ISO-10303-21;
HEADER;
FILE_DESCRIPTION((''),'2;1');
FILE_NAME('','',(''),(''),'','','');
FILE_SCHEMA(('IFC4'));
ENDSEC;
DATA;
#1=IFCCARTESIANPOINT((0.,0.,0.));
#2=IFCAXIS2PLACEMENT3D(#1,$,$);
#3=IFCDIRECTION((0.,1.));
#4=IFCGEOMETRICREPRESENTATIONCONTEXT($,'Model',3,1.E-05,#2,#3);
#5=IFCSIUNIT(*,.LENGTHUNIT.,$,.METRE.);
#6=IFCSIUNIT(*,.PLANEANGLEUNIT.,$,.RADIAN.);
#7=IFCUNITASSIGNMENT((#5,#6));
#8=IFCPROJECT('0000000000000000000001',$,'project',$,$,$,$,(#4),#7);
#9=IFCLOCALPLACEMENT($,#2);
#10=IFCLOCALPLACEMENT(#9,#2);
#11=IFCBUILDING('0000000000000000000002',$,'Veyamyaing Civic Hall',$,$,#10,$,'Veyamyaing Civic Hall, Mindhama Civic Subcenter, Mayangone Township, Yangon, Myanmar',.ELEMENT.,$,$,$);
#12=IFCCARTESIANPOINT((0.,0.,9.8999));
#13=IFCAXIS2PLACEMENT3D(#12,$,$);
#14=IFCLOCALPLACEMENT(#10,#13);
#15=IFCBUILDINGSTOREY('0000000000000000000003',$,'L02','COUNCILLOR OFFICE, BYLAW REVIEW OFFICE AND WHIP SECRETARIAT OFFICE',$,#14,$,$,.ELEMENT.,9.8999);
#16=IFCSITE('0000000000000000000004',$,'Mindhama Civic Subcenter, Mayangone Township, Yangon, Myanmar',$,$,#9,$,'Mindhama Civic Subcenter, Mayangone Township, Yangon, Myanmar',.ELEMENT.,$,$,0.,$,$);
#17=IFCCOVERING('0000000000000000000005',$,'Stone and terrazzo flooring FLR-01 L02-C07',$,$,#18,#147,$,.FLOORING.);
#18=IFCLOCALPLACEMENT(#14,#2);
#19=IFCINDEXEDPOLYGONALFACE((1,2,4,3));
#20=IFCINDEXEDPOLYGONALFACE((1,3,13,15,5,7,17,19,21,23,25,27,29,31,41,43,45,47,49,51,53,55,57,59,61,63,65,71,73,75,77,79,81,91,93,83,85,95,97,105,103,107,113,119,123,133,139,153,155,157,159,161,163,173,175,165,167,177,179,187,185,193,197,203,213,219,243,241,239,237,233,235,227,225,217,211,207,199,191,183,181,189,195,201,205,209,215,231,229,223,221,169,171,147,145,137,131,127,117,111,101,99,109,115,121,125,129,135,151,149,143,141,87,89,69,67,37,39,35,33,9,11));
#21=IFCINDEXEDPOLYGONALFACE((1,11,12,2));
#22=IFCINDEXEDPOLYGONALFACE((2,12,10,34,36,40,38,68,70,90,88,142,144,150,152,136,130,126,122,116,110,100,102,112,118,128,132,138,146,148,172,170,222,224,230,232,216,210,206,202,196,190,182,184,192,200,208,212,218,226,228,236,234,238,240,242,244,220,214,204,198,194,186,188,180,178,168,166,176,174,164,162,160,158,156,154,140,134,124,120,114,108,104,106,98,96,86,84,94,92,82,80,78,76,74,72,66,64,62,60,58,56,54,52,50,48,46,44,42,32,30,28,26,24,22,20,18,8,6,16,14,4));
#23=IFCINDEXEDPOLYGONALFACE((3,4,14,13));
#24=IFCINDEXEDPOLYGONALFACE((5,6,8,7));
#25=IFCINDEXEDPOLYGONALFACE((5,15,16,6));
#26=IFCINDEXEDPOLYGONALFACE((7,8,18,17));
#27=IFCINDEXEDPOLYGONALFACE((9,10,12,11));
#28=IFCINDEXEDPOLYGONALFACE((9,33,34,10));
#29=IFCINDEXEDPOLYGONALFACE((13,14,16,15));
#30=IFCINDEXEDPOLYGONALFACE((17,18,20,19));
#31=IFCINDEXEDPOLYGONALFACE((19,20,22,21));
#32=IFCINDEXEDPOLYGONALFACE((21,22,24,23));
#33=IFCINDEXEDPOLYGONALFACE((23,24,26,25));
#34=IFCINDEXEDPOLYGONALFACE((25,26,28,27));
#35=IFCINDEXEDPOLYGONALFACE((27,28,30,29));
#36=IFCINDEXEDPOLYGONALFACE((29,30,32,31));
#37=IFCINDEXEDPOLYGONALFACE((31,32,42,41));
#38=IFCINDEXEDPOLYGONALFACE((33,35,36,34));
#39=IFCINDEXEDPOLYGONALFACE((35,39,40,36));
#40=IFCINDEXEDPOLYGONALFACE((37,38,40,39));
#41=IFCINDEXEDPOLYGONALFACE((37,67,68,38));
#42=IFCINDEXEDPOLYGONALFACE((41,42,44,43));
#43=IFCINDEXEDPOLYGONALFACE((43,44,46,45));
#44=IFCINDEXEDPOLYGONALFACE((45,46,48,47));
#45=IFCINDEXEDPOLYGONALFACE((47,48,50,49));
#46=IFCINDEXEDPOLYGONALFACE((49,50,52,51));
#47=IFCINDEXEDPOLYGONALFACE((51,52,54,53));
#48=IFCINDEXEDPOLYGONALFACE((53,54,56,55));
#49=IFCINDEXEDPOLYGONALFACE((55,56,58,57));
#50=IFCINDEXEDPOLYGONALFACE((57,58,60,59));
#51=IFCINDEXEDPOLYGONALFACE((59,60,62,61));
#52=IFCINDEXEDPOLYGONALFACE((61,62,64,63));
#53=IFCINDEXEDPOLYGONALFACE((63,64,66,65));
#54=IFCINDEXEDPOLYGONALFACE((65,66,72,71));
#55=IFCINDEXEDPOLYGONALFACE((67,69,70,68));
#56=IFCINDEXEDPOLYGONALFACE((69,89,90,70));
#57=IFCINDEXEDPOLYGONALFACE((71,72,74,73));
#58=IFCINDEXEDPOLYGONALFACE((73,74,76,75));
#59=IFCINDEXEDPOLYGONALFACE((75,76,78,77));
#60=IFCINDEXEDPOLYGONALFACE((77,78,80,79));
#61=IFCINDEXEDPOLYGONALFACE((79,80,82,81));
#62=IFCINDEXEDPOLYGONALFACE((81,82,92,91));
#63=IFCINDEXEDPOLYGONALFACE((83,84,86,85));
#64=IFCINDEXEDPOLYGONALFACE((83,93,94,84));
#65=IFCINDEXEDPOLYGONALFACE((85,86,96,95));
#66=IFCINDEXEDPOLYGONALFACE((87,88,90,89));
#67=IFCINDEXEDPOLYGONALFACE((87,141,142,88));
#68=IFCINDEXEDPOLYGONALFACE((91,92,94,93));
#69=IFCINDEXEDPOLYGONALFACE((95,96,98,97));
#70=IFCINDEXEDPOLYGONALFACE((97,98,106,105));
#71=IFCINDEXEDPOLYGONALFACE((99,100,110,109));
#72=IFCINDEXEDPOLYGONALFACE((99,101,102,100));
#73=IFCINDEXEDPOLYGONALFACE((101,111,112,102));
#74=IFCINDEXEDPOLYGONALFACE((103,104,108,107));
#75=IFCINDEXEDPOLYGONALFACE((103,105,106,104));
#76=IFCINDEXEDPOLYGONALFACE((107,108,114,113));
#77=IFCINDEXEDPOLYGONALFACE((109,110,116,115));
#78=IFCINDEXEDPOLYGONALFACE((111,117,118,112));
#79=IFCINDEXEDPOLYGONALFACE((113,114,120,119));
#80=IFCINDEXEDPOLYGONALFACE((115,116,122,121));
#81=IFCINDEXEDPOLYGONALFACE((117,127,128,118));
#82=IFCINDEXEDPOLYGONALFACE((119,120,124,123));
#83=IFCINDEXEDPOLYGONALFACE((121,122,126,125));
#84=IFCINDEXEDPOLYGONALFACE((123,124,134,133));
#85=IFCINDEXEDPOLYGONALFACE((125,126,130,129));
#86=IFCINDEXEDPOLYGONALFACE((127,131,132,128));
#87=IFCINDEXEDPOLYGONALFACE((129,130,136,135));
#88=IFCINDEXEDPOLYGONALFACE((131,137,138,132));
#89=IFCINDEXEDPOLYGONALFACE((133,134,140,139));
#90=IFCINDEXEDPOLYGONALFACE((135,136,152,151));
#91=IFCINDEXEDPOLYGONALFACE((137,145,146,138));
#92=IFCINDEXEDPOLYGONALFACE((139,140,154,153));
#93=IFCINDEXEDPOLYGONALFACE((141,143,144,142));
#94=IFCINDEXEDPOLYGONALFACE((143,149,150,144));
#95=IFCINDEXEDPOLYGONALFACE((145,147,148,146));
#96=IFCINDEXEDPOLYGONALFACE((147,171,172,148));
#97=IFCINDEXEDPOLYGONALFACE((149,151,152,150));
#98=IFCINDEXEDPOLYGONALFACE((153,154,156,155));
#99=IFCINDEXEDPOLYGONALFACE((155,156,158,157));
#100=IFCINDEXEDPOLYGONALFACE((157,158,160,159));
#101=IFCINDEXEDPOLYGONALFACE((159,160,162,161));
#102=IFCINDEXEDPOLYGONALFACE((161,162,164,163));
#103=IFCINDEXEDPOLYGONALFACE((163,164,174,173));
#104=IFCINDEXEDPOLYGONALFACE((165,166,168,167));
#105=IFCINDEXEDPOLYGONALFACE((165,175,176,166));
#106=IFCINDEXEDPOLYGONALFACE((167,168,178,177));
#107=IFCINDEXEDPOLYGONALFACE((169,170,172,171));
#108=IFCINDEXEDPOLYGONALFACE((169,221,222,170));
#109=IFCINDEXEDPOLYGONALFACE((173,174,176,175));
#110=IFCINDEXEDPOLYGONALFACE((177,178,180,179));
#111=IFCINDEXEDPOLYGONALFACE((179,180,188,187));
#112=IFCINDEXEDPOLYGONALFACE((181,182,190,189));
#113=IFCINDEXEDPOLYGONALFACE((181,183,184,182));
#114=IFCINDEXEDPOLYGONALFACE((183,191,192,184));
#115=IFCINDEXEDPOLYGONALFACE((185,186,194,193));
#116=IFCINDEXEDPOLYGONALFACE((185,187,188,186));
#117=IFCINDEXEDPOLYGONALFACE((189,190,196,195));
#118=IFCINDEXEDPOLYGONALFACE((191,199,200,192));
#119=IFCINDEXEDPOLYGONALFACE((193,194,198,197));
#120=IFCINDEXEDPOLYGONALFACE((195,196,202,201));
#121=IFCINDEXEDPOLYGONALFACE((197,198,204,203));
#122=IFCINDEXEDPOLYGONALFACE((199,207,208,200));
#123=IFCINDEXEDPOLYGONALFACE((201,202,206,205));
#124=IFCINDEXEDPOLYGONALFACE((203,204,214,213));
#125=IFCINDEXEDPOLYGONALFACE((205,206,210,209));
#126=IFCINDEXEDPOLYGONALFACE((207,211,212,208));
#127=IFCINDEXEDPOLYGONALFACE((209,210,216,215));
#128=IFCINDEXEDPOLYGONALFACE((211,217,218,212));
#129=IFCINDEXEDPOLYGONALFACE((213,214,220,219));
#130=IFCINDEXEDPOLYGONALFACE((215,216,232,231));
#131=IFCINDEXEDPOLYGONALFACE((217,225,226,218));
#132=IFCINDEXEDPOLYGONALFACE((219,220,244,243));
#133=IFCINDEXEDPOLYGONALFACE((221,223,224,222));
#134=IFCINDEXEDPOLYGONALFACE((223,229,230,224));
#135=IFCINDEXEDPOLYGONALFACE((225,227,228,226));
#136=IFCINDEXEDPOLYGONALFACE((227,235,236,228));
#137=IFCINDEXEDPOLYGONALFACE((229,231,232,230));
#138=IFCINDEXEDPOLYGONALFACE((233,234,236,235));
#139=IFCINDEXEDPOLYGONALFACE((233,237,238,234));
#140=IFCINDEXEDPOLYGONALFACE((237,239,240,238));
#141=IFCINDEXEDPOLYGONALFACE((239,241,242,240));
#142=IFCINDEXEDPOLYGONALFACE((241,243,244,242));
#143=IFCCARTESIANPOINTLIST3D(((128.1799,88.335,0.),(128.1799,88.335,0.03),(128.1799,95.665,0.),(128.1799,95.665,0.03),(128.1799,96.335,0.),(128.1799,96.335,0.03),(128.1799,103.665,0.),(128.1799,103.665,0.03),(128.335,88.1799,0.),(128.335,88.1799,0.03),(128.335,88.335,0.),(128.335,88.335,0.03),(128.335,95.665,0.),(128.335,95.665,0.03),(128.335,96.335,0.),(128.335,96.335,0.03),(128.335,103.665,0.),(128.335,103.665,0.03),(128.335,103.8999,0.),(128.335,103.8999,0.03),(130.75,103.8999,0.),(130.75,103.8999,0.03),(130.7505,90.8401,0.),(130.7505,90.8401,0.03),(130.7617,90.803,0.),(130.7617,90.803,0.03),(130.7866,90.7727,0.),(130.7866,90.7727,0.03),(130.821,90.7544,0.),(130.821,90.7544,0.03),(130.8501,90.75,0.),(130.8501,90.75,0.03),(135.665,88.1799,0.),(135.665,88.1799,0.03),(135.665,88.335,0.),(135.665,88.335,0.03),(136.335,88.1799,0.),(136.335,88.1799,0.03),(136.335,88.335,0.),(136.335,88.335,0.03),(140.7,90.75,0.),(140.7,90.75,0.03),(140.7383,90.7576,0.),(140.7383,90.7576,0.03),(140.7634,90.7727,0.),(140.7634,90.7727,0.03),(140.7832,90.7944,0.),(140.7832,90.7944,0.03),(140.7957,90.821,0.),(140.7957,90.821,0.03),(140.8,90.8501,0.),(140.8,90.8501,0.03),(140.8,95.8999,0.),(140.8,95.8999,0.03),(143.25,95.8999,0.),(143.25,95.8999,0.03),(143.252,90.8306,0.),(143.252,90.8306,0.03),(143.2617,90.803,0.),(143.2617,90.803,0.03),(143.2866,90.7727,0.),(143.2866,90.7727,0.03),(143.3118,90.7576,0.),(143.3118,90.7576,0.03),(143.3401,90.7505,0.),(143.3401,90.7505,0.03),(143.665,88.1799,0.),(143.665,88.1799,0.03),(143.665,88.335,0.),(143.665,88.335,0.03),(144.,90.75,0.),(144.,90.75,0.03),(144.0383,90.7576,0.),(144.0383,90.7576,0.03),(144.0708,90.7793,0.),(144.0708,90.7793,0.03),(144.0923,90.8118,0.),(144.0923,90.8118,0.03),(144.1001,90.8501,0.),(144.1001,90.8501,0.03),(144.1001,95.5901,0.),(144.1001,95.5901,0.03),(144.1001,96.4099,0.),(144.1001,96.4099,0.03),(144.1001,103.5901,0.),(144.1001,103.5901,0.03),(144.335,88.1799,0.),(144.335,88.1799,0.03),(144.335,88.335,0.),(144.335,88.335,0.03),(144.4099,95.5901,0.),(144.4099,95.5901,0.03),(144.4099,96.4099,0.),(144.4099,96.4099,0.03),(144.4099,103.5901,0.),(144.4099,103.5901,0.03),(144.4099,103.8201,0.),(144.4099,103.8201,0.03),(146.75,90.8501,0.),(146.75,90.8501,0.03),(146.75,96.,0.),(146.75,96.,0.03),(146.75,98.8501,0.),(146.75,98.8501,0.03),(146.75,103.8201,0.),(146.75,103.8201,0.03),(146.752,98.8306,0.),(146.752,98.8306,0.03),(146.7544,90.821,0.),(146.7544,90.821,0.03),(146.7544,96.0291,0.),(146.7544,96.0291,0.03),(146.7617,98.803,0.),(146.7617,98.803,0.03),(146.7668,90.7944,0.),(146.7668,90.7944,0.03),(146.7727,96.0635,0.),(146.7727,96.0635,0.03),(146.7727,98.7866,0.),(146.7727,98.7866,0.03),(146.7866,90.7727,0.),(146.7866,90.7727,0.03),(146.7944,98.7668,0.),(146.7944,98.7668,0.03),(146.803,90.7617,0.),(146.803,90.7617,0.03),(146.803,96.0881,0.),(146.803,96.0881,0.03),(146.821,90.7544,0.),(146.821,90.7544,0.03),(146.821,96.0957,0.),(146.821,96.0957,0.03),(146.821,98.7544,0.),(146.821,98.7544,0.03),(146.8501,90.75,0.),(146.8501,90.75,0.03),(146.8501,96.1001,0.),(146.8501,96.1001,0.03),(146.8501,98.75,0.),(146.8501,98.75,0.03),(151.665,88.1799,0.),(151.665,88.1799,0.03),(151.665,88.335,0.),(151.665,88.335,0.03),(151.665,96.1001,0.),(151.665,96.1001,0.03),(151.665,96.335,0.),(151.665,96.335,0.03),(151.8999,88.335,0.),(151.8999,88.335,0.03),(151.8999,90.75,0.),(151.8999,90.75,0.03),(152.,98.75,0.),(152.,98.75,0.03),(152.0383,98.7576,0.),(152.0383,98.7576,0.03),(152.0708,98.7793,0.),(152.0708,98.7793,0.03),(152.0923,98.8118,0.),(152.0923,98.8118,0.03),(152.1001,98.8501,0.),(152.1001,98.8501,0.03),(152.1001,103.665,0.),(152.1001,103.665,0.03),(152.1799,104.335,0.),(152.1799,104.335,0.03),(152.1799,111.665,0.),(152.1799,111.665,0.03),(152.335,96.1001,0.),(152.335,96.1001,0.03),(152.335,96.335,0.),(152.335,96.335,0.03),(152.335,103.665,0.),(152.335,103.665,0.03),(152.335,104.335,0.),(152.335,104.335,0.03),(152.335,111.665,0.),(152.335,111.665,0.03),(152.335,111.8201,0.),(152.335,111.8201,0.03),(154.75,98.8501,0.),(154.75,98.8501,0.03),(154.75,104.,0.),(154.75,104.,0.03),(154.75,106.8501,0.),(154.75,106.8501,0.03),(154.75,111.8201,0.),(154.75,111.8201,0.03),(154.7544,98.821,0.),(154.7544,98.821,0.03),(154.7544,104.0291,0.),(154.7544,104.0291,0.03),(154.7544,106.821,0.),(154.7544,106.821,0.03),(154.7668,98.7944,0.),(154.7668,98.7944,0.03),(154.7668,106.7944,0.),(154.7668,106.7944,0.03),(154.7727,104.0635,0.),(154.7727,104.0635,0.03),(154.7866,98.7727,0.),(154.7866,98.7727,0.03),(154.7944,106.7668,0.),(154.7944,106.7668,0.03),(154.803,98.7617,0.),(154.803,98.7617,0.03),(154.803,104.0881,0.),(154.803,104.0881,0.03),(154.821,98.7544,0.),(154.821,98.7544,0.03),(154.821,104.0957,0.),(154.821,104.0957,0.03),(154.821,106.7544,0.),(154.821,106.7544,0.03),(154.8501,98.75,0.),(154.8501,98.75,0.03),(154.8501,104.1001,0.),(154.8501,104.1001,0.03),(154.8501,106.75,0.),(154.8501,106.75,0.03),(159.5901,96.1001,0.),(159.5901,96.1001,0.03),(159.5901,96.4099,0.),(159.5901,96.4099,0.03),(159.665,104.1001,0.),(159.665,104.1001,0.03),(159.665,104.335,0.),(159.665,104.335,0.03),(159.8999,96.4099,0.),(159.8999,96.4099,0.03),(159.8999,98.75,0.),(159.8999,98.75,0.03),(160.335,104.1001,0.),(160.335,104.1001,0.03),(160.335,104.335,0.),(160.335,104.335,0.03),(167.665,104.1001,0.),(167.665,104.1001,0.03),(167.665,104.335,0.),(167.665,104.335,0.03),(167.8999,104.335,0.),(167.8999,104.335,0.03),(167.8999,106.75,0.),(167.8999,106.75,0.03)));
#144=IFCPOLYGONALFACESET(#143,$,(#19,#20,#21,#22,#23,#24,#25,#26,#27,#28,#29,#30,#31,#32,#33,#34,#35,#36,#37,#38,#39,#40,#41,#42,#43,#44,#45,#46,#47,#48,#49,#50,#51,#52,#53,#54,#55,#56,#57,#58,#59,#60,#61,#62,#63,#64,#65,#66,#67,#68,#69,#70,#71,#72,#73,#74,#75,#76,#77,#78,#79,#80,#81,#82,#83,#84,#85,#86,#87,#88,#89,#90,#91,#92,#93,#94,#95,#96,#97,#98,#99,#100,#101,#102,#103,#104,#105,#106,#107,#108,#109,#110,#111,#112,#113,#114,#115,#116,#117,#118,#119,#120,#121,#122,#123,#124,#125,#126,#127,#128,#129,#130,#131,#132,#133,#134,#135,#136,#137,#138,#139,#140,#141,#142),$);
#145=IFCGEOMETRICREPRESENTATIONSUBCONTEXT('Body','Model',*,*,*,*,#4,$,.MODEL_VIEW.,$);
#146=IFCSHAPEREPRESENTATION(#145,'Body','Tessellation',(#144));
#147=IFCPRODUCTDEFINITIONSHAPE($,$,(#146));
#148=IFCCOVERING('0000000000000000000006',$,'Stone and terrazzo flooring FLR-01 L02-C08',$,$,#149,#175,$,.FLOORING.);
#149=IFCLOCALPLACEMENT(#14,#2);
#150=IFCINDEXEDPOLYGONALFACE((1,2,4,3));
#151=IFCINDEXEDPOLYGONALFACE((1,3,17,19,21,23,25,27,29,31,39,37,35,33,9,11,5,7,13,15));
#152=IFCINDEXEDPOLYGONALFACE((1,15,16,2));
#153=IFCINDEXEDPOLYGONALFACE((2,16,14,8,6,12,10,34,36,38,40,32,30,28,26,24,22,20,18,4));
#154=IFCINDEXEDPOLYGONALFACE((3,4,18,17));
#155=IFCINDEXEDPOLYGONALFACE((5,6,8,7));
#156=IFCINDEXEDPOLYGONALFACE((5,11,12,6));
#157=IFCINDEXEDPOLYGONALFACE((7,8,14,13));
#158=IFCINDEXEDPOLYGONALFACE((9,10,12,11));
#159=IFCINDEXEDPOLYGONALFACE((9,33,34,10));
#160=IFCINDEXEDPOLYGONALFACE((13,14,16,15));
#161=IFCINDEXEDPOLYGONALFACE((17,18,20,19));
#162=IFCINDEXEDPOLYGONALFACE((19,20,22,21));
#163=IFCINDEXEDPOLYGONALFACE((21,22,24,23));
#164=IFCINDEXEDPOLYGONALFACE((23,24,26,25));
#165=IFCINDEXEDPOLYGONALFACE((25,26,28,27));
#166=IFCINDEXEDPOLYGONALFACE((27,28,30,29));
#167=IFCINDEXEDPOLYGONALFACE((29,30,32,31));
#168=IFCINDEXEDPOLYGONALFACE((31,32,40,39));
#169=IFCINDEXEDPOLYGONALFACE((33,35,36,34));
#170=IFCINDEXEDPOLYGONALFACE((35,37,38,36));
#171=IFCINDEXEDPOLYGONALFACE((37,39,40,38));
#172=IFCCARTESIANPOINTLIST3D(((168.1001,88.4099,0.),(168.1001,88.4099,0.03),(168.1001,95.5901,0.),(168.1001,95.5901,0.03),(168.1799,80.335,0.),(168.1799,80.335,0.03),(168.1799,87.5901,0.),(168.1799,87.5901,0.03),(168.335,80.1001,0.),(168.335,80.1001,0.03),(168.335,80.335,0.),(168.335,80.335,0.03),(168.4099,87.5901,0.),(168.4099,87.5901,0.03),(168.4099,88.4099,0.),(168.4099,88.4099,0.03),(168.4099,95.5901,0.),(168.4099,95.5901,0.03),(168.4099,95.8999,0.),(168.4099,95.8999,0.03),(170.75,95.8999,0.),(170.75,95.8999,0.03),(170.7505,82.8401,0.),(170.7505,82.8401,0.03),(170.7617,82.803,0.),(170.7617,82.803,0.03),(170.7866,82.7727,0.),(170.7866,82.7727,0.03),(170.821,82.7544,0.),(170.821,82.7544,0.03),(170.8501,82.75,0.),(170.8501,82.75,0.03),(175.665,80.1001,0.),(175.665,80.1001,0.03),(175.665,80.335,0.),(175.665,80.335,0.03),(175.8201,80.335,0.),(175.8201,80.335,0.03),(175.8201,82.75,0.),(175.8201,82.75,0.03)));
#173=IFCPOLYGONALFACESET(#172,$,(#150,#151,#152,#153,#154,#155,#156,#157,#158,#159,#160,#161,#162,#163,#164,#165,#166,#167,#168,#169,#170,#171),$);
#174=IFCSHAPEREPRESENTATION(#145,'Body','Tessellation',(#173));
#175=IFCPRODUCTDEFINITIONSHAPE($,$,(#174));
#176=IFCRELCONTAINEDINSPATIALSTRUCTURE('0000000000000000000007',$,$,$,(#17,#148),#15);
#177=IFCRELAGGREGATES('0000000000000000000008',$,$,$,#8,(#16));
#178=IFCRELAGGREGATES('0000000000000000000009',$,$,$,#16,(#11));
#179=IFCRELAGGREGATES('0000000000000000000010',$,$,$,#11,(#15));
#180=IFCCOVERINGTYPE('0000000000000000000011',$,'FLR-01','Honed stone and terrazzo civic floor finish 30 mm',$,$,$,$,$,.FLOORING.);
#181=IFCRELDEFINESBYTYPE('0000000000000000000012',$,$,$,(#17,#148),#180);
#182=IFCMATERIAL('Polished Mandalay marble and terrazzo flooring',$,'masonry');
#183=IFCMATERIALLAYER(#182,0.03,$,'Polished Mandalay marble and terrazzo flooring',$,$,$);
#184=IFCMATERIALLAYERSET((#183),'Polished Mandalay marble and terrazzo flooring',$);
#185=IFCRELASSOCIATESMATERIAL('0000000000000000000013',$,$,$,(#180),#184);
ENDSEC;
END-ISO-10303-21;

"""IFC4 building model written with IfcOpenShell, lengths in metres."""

from ifc_helpers import new_model, si_unit, direction, frame, origin, place, context, subcontext, project, spatial, polyline, outline, extrude, material, layer, layer_set, type_object, element, save


model = new_model("IFC4")

# Units and contexts
model_context = context("Model", 3, precision=1e-05, world=origin(), true_north=direction((0.0, 1.0)))
body_context = subcontext(model_context, "Body", "Model", "MODEL_VIEW")
ifc_project = project(units=[si_unit("LENGTHUNIT", "METRE"), si_unit("PLANEANGLEUNIT", "RADIAN")], contexts=[model_context])

# Site, building, storey
site_placement = place(None, origin())
site = spatial("IfcSite", under=ifc_project, at=site_placement, Name="Mindhama Civic Subcenter, Mayangone Township, Yangon, Myanmar", LongName="Mindhama Civic Subcenter, Mayangone Township, Yangon, Myanmar", CompositionType="ELEMENT", RefElevation=0.0)
building_placement = place(site_placement, origin())
building = spatial("IfcBuilding", under=site, at=building_placement, Name="Veyamyaing Civic Hall", LongName="Veyamyaing Civic Hall, Mindhama Civic Subcenter, Mayangone Township, Yangon, Myanmar", CompositionType="ELEMENT")
storey_placement = place(building_placement, frame((0.0, 0.0, 9.8999)))
storey = spatial("IfcBuildingStorey", under=building, at=storey_placement, Name="L02", Description="COUNCILLOR OFFICE, BYLAW REVIEW OFFICE AND WHIP SECRETARIAT OFFICE", CompositionType="ELEMENT", Elevation=9.8999)

# Coverings
ifc_material_1 = material(Name="Polished Mandalay marble and terrazzo flooring", Category="masonry")
ifc_layer_1 = layer(ifc_material_1, 0.03, Name="Polished Mandalay marble and terrazzo flooring")
ifc_layer_set_1 = layer_set([ifc_layer_1], Name="Polished Mandalay marble and terrazzo flooring")
covering_type_1 = type_object("IfcCoveringType", Name="FLR-01", Description="Honed stone and terrazzo civic floor finish 30 mm", PredefinedType="FLOORING", material=ifc_layer_set_1)
covering_1_placement = place(storey_placement, origin())
element("IfcCovering", 1, at=covering_1_placement, inside=storey, type_object=covering_type_1, Name="Stone and terrazzo flooring FLR-01 L02-C07", PredefinedType="FLOORING", context=body_context, shape_type="SweptSolid", body=[
    extrude(outline(polyline([(130.7617, 90.803), (130.7866, 90.7727), (130.821, 90.7544), (130.8501, 90.75), (140.7, 90.75), (140.7383, 90.7576), (140.7634, 90.7727), (140.7832, 90.7944), (140.7957, 90.821), (140.8, 90.8501), (140.8, 95.8999), (143.25, 95.8999), (143.252, 90.8306), (143.2617, 90.803), (143.2866, 90.7727), (143.3118, 90.7576), (143.3401, 90.7505), (144.0, 90.75), (144.0383, 90.7576), (144.0708, 90.7793), (144.0923, 90.8118), (144.1001, 90.8501), (144.1001, 95.5901), (144.4099, 95.5901), (144.4099, 96.4099), (144.1001, 96.4099), (144.1001, 103.5901), (144.4099, 103.5901), (144.4099, 103.8201), (146.75, 103.8201), (146.75, 98.8501), (146.752, 98.8306), (146.7617, 98.803), (146.7727, 98.7866), (146.7944, 98.7668), (146.821, 98.7544), (146.8501, 98.75), (152.0, 98.75), (152.0383, 98.7576), (152.0708, 98.7793), (152.0923, 98.8118), (152.1001, 98.8501), (152.1001, 103.665), (152.335, 103.665), (152.335, 104.335), (152.1799, 104.335), (152.1799, 111.665), (152.335, 111.665), (152.335, 111.8201), (154.75, 111.8201), (154.75, 106.8501), (154.7544, 106.821), (154.7668, 106.7944), (154.7944, 106.7668), (154.821, 106.7544), (154.8501, 106.75), (167.8999, 106.75), (167.8999, 104.335), (167.665, 104.335), (167.665, 104.1001), (160.335, 104.1001), (160.335, 104.335), (159.665, 104.335), (159.665, 104.1001), (154.8501, 104.1001), (154.821, 104.0957), (154.803, 104.0881), (154.7727, 104.0635), (154.7544, 104.0291), (154.75, 104.0), (154.75, 98.8501), (154.7544, 98.821), (154.7668, 98.7944), (154.7866, 98.7727), (154.803, 98.7617), (154.821, 98.7544), (154.8501, 98.75), (159.8999, 98.75), (159.8999, 96.4099), (159.5901, 96.4099), (159.5901, 96.1001), (152.335, 96.1001), (152.335, 96.335), (151.665, 96.335), (151.665, 96.1001), (146.8501, 96.1001), (146.821, 96.0957), (146.803, 96.0881), (146.7727, 96.0635), (146.7544, 96.0291), (146.75, 96.0), (146.75, 90.8501), (146.7544, 90.821), (146.7668, 90.7944), (146.7866, 90.7727), (146.803, 90.7617), (146.821, 90.7544), (146.8501, 90.75), (151.8999, 90.75), (151.8999, 88.335), (151.665, 88.335), (151.665, 88.1799), (144.335, 88.1799), (144.335, 88.335), (143.665, 88.335), (143.665, 88.1799), (136.335, 88.1799), (136.335, 88.335), (135.665, 88.335), (135.665, 88.1799), (128.335, 88.1799), (128.335, 88.335), (128.1799, 88.335), (128.1799, 95.665), (128.335, 95.665), (128.335, 96.335), (128.1799, 96.335), (128.1799, 103.665), (128.335, 103.665), (128.335, 103.8999), (130.75, 103.8999), (130.7505, 90.8401), (130.7617, 90.803)])), origin(), (0.0, 0.0, 1.0), 0.03),
])
covering_2_placement = place(storey_placement, origin())
element("IfcCovering", 2, at=covering_2_placement, inside=storey, type_object=covering_type_1, Name="Stone and terrazzo flooring FLR-01 L02-C08", PredefinedType="FLOORING", context=body_context, shape_type="SweptSolid", body=[
    extrude(outline(polyline([(170.7617, 82.803), (170.7866, 82.7727), (170.821, 82.7544), (170.8501, 82.75), (175.8201, 82.75), (175.8201, 80.335), (175.665, 80.335), (175.665, 80.1001), (168.335, 80.1001), (168.335, 80.335), (168.1799, 80.335), (168.1799, 87.5901), (168.4099, 87.5901), (168.4099, 88.4099), (168.1001, 88.4099), (168.1001, 95.5901), (168.4099, 95.5901), (168.4099, 95.8999), (170.75, 95.8999), (170.7505, 82.8401), (170.7617, 82.803)])), origin(), (0.0, 0.0, 1.0), 0.03),
])

save(model, "model.ifc")
